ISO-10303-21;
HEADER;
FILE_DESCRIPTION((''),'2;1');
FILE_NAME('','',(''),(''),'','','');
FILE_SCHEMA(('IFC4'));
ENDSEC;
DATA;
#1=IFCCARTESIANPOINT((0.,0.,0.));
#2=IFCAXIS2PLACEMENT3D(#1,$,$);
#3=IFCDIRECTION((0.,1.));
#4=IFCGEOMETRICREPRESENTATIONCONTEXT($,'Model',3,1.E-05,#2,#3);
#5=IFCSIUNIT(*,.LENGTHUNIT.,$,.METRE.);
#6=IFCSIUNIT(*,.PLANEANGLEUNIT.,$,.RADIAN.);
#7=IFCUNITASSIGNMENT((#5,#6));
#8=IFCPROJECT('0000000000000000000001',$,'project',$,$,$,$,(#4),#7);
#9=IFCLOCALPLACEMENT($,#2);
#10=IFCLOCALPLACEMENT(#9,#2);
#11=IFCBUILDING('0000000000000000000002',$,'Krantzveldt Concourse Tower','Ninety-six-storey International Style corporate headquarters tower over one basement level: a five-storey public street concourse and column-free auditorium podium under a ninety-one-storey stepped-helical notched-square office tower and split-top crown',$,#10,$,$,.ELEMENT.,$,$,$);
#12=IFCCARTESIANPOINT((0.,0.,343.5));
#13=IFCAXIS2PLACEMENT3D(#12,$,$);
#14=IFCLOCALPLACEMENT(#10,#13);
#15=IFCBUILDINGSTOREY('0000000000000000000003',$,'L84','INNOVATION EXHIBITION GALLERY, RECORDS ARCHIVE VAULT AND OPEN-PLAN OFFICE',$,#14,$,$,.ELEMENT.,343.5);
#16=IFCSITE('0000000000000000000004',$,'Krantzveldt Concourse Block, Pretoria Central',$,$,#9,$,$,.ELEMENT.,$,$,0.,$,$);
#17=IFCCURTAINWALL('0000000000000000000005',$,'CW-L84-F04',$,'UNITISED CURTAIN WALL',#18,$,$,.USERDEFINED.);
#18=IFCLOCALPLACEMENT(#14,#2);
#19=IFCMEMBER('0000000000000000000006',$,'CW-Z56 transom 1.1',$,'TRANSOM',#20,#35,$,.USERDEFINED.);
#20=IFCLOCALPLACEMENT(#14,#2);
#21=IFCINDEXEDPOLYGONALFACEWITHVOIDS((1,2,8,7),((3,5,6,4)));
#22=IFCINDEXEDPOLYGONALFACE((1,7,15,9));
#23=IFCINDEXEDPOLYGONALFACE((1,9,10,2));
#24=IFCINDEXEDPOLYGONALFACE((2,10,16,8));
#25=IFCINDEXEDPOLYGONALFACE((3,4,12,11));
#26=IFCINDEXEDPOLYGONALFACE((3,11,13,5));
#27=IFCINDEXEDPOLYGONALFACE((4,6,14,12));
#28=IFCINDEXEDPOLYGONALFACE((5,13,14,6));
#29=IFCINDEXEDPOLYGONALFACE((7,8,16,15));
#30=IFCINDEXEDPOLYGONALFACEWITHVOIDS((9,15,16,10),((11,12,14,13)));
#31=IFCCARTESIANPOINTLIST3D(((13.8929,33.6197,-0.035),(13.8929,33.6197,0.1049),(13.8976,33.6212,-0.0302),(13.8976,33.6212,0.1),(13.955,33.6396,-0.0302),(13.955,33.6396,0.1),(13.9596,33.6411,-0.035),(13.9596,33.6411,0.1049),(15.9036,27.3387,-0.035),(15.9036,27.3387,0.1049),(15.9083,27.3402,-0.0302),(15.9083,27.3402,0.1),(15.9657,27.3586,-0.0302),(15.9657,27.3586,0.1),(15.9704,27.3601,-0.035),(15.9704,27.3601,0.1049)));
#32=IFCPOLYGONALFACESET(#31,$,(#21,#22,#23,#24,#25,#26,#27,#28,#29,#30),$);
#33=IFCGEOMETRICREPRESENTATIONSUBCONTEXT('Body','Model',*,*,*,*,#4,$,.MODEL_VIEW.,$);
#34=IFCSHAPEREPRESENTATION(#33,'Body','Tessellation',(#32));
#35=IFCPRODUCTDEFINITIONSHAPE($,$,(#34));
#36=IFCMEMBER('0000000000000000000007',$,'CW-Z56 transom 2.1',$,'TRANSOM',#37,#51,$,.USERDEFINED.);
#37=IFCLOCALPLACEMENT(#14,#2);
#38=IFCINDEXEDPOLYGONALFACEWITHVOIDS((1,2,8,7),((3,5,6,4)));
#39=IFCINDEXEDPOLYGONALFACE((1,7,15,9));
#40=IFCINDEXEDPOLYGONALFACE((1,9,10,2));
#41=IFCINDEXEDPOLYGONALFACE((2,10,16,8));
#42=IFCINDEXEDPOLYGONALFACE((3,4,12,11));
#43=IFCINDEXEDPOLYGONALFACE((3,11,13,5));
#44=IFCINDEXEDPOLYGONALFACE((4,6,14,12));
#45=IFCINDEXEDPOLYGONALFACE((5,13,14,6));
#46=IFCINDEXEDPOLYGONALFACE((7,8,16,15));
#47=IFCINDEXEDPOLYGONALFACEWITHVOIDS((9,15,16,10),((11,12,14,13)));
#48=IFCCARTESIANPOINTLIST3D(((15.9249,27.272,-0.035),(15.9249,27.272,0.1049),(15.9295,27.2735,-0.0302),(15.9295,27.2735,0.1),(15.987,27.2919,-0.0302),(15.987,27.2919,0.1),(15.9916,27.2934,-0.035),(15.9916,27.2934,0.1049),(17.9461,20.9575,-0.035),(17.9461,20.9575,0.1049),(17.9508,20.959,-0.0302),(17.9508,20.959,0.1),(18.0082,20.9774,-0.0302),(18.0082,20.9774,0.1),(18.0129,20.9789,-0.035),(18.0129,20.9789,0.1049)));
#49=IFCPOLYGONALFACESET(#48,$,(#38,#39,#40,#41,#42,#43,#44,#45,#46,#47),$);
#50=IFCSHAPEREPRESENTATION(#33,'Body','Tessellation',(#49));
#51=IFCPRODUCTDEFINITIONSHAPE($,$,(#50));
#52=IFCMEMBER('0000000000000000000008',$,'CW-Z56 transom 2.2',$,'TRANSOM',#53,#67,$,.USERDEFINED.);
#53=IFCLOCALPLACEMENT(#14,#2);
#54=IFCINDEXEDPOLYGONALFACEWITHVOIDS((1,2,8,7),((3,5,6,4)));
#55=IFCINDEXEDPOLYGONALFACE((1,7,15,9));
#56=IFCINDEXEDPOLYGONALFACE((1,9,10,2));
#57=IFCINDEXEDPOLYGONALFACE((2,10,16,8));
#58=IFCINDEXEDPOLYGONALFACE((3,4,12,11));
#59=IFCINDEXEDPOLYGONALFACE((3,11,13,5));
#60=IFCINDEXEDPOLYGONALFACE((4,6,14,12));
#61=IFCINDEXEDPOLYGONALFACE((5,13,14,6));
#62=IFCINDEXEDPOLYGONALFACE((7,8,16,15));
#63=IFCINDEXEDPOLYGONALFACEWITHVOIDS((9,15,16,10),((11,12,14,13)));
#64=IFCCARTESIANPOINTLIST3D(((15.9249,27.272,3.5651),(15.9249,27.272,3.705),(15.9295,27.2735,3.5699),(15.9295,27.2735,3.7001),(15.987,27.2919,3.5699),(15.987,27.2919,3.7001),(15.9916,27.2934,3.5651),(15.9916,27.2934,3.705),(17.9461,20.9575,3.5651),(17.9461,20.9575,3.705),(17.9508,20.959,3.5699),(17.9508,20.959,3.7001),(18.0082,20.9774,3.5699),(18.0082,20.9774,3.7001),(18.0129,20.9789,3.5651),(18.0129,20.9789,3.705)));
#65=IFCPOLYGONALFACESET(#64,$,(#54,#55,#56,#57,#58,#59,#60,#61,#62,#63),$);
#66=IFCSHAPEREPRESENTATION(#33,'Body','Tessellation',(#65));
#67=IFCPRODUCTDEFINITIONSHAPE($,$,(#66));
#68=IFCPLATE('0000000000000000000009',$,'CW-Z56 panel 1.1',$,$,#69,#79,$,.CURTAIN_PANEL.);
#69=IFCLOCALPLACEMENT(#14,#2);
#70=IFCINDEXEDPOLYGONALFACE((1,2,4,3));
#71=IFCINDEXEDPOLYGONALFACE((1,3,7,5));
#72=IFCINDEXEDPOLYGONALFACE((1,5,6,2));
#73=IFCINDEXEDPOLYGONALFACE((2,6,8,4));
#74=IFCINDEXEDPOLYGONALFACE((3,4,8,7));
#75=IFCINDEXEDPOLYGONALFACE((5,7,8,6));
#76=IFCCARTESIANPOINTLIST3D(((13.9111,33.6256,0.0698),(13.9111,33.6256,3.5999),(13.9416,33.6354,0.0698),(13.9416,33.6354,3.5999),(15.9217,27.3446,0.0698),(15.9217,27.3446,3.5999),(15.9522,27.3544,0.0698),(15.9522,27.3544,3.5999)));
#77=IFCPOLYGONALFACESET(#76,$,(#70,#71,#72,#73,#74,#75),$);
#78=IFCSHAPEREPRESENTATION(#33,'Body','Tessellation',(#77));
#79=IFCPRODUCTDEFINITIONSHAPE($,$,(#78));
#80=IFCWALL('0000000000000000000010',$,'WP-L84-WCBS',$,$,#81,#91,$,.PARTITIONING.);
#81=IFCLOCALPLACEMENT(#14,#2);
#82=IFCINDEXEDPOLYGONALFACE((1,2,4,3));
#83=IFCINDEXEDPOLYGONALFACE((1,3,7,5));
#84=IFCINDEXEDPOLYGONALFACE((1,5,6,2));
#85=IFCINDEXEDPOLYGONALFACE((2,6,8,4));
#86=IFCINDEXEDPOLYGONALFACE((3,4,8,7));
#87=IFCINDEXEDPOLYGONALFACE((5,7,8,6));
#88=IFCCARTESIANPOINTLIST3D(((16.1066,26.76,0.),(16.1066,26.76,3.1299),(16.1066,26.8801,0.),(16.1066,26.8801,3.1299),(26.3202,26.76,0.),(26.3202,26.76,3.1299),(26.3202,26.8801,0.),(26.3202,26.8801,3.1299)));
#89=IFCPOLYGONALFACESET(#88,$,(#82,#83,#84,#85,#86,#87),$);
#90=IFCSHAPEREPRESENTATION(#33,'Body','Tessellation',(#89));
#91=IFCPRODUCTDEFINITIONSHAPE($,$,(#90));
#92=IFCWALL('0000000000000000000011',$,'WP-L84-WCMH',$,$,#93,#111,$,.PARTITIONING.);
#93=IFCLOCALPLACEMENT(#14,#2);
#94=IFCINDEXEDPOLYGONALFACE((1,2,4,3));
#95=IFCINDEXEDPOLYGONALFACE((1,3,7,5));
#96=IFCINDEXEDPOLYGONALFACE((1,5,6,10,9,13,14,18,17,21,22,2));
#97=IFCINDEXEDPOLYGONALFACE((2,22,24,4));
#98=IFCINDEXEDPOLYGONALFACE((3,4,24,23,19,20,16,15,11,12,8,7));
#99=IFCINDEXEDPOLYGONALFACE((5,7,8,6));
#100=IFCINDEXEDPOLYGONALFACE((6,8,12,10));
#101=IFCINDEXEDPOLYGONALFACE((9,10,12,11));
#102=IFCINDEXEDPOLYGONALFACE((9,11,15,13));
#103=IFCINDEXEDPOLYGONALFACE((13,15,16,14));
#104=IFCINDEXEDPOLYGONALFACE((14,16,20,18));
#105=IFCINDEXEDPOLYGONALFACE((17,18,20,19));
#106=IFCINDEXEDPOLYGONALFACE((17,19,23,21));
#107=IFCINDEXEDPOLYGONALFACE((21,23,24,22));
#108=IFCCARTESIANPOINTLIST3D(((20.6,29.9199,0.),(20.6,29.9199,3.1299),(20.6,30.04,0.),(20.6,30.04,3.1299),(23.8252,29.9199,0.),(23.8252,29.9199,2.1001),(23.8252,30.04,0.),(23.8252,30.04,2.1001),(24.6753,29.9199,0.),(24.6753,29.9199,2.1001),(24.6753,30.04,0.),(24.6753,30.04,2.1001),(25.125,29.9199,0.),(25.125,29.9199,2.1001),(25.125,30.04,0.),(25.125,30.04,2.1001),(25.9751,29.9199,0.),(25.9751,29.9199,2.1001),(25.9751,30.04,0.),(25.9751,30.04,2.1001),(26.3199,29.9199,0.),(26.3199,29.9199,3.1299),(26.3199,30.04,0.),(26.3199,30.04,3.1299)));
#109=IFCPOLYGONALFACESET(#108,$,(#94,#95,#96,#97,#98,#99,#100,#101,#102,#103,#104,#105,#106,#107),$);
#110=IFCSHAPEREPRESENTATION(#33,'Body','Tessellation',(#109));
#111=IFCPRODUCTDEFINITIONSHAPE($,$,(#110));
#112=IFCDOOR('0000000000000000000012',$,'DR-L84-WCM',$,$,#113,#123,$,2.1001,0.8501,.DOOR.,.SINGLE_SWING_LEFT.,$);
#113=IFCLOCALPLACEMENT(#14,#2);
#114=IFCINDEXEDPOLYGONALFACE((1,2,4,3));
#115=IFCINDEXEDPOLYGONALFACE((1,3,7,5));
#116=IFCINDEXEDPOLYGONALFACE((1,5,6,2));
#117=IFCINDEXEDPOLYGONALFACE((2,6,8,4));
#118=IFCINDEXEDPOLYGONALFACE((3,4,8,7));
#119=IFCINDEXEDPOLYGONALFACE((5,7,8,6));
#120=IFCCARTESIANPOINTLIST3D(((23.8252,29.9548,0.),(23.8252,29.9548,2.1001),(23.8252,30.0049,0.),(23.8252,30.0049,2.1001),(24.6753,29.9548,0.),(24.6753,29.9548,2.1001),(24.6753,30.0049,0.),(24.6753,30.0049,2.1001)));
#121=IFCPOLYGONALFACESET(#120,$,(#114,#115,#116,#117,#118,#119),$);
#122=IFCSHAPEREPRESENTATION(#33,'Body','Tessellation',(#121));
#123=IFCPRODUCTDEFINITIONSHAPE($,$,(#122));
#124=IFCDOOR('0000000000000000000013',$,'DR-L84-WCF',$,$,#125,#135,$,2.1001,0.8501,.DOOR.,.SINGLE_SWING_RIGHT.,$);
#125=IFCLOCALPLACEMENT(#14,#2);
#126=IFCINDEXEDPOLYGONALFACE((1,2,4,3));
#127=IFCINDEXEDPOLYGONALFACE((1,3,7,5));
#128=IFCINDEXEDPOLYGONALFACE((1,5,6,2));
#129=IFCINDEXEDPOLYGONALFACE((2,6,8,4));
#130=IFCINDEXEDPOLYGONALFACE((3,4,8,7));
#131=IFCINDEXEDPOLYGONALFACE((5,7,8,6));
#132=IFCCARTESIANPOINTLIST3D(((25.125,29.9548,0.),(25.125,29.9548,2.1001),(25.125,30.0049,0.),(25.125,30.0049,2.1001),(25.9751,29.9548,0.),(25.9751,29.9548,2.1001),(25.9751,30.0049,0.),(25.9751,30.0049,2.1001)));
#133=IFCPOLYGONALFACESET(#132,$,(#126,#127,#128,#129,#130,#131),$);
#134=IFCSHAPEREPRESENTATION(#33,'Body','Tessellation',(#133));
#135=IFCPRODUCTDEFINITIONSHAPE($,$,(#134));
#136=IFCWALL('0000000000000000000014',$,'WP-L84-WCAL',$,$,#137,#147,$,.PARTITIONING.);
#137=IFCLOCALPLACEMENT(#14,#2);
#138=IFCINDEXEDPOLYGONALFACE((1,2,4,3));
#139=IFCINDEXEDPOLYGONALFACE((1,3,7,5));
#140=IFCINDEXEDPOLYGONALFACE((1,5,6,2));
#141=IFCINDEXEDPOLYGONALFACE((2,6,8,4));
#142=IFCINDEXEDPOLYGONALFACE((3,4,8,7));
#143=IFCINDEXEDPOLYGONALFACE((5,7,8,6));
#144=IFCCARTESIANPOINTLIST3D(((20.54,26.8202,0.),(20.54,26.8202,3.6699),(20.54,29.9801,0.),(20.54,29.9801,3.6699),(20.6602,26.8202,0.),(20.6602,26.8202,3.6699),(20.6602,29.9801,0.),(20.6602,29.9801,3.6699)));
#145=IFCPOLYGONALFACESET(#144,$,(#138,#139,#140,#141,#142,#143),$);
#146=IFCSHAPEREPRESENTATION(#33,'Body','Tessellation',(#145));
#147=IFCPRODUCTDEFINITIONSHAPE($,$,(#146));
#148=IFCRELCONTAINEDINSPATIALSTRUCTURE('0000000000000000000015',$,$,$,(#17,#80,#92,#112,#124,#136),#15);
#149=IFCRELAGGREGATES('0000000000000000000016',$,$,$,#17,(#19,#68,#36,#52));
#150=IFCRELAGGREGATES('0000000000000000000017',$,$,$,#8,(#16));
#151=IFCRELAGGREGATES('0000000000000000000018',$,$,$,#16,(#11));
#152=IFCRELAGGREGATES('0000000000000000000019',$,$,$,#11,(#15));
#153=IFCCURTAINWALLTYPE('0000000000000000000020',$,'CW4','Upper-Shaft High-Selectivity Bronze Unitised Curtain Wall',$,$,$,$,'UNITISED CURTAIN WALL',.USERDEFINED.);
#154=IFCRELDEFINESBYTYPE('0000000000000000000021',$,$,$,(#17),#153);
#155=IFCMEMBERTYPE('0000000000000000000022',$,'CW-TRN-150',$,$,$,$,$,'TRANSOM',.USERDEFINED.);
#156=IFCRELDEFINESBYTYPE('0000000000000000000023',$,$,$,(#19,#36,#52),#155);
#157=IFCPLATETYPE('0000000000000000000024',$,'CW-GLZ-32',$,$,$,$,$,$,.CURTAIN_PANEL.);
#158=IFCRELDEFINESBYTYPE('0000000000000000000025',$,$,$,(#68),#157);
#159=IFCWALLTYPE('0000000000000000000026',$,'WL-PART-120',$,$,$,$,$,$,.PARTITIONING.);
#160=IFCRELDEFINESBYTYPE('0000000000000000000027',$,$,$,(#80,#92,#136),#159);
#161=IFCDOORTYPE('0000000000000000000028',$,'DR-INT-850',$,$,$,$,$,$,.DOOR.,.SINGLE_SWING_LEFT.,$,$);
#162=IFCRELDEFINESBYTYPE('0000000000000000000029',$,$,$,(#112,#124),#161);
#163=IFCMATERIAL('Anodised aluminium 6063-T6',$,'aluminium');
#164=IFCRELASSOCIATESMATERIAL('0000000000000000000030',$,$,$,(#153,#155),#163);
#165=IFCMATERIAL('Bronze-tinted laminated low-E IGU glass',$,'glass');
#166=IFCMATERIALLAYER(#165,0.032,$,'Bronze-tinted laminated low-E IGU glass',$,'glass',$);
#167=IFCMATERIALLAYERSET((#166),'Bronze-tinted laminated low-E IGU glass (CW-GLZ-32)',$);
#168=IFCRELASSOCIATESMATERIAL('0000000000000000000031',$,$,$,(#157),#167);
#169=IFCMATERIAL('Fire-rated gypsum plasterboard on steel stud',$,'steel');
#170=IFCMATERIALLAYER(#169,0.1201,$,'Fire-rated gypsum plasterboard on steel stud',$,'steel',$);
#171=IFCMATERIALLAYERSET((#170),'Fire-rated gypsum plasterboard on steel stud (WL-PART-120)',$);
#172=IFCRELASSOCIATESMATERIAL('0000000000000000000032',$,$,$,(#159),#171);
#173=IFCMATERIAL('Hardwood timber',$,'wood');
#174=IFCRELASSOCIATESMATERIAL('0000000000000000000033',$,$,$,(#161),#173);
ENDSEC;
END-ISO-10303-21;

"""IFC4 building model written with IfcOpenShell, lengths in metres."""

from ifc_helpers import new_model, si_unit, direction, frame, frame_2d, origin, origin_2d, place, context, subcontext, project, spatial, rectangle, hollow_rectangle, extrude, source, transform, mapped, material, layer, layer_set, material_profile, profile_set, type_object, type_shapes, element, fill, aggregate, save


model = new_model("IFC4")

# Units and contexts
model_context = context("Model", 3, precision=1e-05, world=origin(), true_north=direction((0.0, 1.0)))
body_context = subcontext(model_context, "Body", "Model", "MODEL_VIEW")
ifc_project = project(units=[si_unit("LENGTHUNIT", "METRE"), si_unit("PLANEANGLEUNIT", "RADIAN")], contexts=[model_context])

# Site, building, storey
site_placement = place(None, origin())
site = spatial("IfcSite", under=ifc_project, at=site_placement, Name="Krantzveldt Concourse Block, Pretoria Central", CompositionType="ELEMENT", RefElevation=0.0)
building_placement = place(site_placement, origin())
building = spatial("IfcBuilding", under=site, at=building_placement, Name="Krantzveldt Concourse Tower", Description="Ninety-six-storey International Style corporate headquarters tower over one basement level: a five-storey public street concourse and column-free auditorium podium under a ninety-one-storey stepped-helical notched-square office tower and split-top crown", CompositionType="ELEMENT")
storey_placement = place(building_placement, frame((0.0, 0.0, 343.5)))
storey = spatial("IfcBuildingStorey", under=building, at=storey_placement, Name="L84", Description="INNOVATION EXHIBITION GALLERY, RECORDS ARCHIVE VAULT AND OPEN-PLAN OFFICE", CompositionType="ELEMENT", Elevation=343.5)

# Curtain wall, members, plate
ifc_material_1 = material(Name="Anodised aluminium 6063-T6", Category="aluminium")
curtain_wall_type = type_object("IfcCurtainWallType", Name="CW4", Description="Upper-Shaft High-Selectivity Bronze Unitised Curtain Wall", ElementType="UNITISED CURTAIN WALL", PredefinedType="USERDEFINED", material=ifc_material_1)
curtain_wall_placement = place(storey_placement, origin())
curtain_wall = element("IfcCurtainWall", 1, at=curtain_wall_placement, inside=storey, type_object=curtain_wall_type, Name="CW-L84-F04", ObjectType="UNITISED CURTAIN WALL", PredefinedType="USERDEFINED")
ifc_material_profile_1 = material_profile(ifc_material_1, hollow_rectangle(XDim=0.0701, YDim=0.1399, WallThickness=0.0049, at=origin_2d()), Name="Anodised aluminium 6063-T6", Category="aluminium")
ifc_profile_set_1 = profile_set([ifc_material_profile_1], Name="Anodised aluminium 6063-T6 - ALU-TRAN 140x70x5")
member_type_1 = type_object("IfcMemberType", Name="CW-TRN-150", ElementType="TRANSOM", PredefinedType="USERDEFINED", material=ifc_profile_set_1)
shared_shape_1 = source(origin(), body_context, "Body", "SweptSolid", [
    extrude(hollow_rectangle(XDim=0.0701, YDim=0.1399, WallThickness=0.0049, at=origin_2d()), origin(), (0.0, 0.0, 1.0), 6.595),
])
member_1_placement = place(storey_placement, frame((13.9263, 33.6304, 0.0349), z_axis=(0.304889, -0.952388, 0.0), x_axis=(0.952388, 0.304889, 0.0)))
member_1 = element("IfcMember", 2, at=member_1_placement, type_object=member_type_1, Name="CW-Z56 transom 1.1", ObjectType="TRANSOM", PredefinedType="USERDEFINED", context=body_context, shape_type="MappedRepresentation", body=[
    mapped(shared_shape_1, transform((0.0, 0.0, 0.0), x_axis=(1.0, 0.0, 0.0), y_axis=(0.0, 1.0, 0.0), z_axis=(0.0, 0.0, 1.0), scale=1.0)),
])
shared_shape_2 = source(origin(), body_context, "Body", "SweptSolid", [
    extrude(hollow_rectangle(XDim=0.0701, YDim=0.1399, WallThickness=0.0049, at=origin_2d()), origin(), (0.0, 0.0, 1.0), 6.6301),
])
type_shapes(member_type_1, [shared_shape_1, shared_shape_2])
member_2_placement = place(storey_placement, frame((15.9583, 27.2827, 0.0349), z_axis=(0.30486, -0.952397, 0.0), x_axis=(0.952397, 0.30486, 0.0)))
member_2 = element("IfcMember", 3, at=member_2_placement, type_object=member_type_1, Name="CW-Z56 transom 2.1", ObjectType="TRANSOM", PredefinedType="USERDEFINED", context=body_context, shape_type="MappedRepresentation", body=[
    mapped(shared_shape_2, transform((0.0, 0.0, 0.0), x_axis=(1.0, 0.0, 0.0), y_axis=(0.0, 1.0, 0.0), z_axis=(0.0, 0.0, 1.0), scale=1.0)),
])
member_3_placement = place(storey_placement, frame((15.9583, 27.2827, 3.635), z_axis=(0.30486, -0.952397, 0.0), x_axis=(0.952397, 0.30486, 0.0)))
member_3 = element("IfcMember", 4, at=member_3_placement, type_object=member_type_1, Name="CW-Z56 transom 2.2", ObjectType="TRANSOM", PredefinedType="USERDEFINED", context=body_context, shape_type="MappedRepresentation", body=[
    mapped(shared_shape_2, transform((0.0, 0.0, 0.0), x_axis=(1.0, 0.0, 0.0), y_axis=(0.0, 1.0, 0.0), z_axis=(0.0, 0.0, 1.0), scale=1.0)),
])
ifc_material_2 = material(Name="Bronze-tinted laminated low-E IGU glass", Category="glass")
ifc_layer_1 = layer(ifc_material_2, 0.032, Name="Bronze-tinted laminated low-E IGU glass", Category="glass")
ifc_layer_set_1 = layer_set([ifc_layer_1], Name="Bronze-tinted laminated low-E IGU glass (CW-GLZ-32)")
plate_type = type_object("IfcPlateType", Name="CW-GLZ-32", PredefinedType="CURTAIN_PANEL", material=ifc_layer_set_1)
shared_shape_3 = source(origin(), body_context, "Body", "SweptSolid", [
    extrude(rectangle(XDim=6.595, YDim=0.032, at=origin_2d()), origin(), (0.0, 0.0, 1.0), 3.53),
])
type_shapes(plate_type, [shared_shape_3])
plate_placement = place(storey_placement, frame((14.9316, 30.49, 0.0698), z_axis=(0.0, 0.0, 1.0), x_axis=(0.304864, -0.952396, 0.0)))
plate = element("IfcPlate", 5, at=plate_placement, type_object=plate_type, Name="CW-Z56 panel 1.1", PredefinedType="CURTAIN_PANEL", context=body_context, shape_type="MappedRepresentation", body=[
    mapped(shared_shape_3, transform((0.0, 0.0, 0.0), x_axis=(1.0, 0.0, 0.0), y_axis=(0.0, 1.0, 0.0), z_axis=(0.0, 0.0, 1.0), scale=1.0)),
])
aggregate(curtain_wall, [member_1, plate, member_2, member_3])

# Wall
ifc_material_3 = material(Name="Fire-rated gypsum plasterboard on steel stud", Category="steel")
ifc_layer_2 = layer(ifc_material_3, 0.1201, Name="Fire-rated gypsum plasterboard on steel stud", Category="steel")
ifc_layer_set_2 = layer_set([ifc_layer_2], Name="Fire-rated gypsum plasterboard on steel stud (WL-PART-120)")
wall_type_1 = type_object("IfcWallType", Name="WL-PART-120", PredefinedType="PARTITIONING", material=ifc_layer_set_2)
wall_1_placement = place(storey_placement, frame((16.1064, 26.8201, 0.0), z_axis=(0.0, 0.0, 1.0), x_axis=(1.0, 0.0, 0.0)))
element("IfcWall", 6, at=wall_1_placement, inside=storey, type_object=wall_type_1, Name="WP-L84-WCBS", PredefinedType="PARTITIONING", context=body_context, shape_type="SweptSolid", body=[
    extrude(rectangle(XDim=10.2136, YDim=0.1201, at=frame_2d((5.1069, 0.0))), origin(), (0.0, 0.0, 1.0), 3.1299),
])

# Wall, openings, doors
wall_2_placement = place(storey_placement, frame((20.6001, 29.98, 0.0), z_axis=(0.0, 0.0, 1.0), x_axis=(1.0, 0.0, 0.0)))
wall_2 = element("IfcWall", 7, at=wall_2_placement, inside=storey, type_object=wall_type_1, Name="WP-L84-WCMH", PredefinedType="PARTITIONING", context=body_context, shape_type="SweptSolid", body=[
    extrude(rectangle(XDim=5.72, YDim=0.1201, at=frame_2d((2.8599, 0.0))), origin(), (0.0, 0.0, 1.0), 3.1299),
])
opening_1_placement = place(wall_2_placement, frame((3.2251, 0.0, 0.0)))
opening_1 = element("IfcOpeningElement", 8, at=opening_1_placement, cuts=wall_2, PredefinedType="OPENING", context=body_context, shape_type="SweptSolid", body=[
    extrude(rectangle(XDim=0.8501, YDim=2.1001, at=frame_2d((0.425, 1.05))), frame((0.0, 0.0701, 0.0), z_axis=(0.0, -1.0, 0.0), x_axis=(1.0, 0.0, 0.0)), (0.0, 0.0, 1.0), 0.1401),
])
opening_2_placement = place(wall_2_placement, frame((4.5249, 0.0, 0.0)))
opening_2 = element("IfcOpeningElement", 9, at=opening_2_placement, cuts=wall_2, PredefinedType="OPENING", context=body_context, shape_type="SweptSolid", body=[
    extrude(rectangle(XDim=0.8501, YDim=2.1001, at=frame_2d((0.425, 1.05))), frame((0.0, 0.0701, 0.0), z_axis=(0.0, -1.0, 0.0), x_axis=(1.0, 0.0, 0.0)), (0.0, 0.0, 1.0), 0.1401),
])
ifc_material_4 = material(Name="Hardwood timber", Category="wood")
door_type_1 = type_object("IfcDoorType", Name="DR-INT-850", OperationType="SINGLE_SWING_LEFT", PredefinedType="DOOR", material=ifc_material_4)
door_1_placement = place(opening_1_placement, origin())
door_1 = element("IfcDoor", 10, at=door_1_placement, inside=storey, type_object=door_type_1, Name="DR-L84-WCM", OperationType="SINGLE_SWING_LEFT", OverallHeight=2.1001, OverallWidth=0.8501, PredefinedType="DOOR", context=body_context, shape_type="SweptSolid", body=[
    extrude(rectangle(XDim=0.8501, YDim=2.1001, at=frame_2d((0.425, 1.05))), frame((0.0, 0.0249, 0.0), z_axis=(0.0, -1.0, 0.0), x_axis=(1.0, 0.0, 0.0)), (0.0, 0.0, 1.0), 0.05),
])
fill(opening_1, door_1)
door_2_placement = place(opening_2_placement, origin())
door_2 = element("IfcDoor", 11, at=door_2_placement, inside=storey, type_object=door_type_1, Name="DR-L84-WCF", OperationType="SINGLE_SWING_RIGHT", OverallHeight=2.1001, OverallWidth=0.8501, PredefinedType="DOOR", context=body_context, shape_type="SweptSolid", body=[
    extrude(rectangle(XDim=0.8501, YDim=2.1001, at=frame_2d((0.425, 1.05))), frame((0.0, 0.0249, 0.0), z_axis=(0.0, -1.0, 0.0), x_axis=(1.0, 0.0, 0.0)), (0.0, 0.0, 1.0), 0.05),
])
fill(opening_2, door_2)

# Wall
wall_3_placement = place(storey_placement, frame((20.6001, 26.8201, 0.0), z_axis=(0.0, 0.0, 1.0), x_axis=(0.0, 1.0, 0.0)))
element("IfcWall", 12, at=wall_3_placement, inside=storey, type_object=wall_type_1, Name="WP-L84-WCAL", PredefinedType="PARTITIONING", context=body_context, shape_type="SweptSolid", body=[
    extrude(rectangle(XDim=3.1599, YDim=0.1201, at=frame_2d((1.5801, 0.0))), origin(), (0.0, 0.0, 1.0), 3.6699),
])

save(model, "model.ifc")
